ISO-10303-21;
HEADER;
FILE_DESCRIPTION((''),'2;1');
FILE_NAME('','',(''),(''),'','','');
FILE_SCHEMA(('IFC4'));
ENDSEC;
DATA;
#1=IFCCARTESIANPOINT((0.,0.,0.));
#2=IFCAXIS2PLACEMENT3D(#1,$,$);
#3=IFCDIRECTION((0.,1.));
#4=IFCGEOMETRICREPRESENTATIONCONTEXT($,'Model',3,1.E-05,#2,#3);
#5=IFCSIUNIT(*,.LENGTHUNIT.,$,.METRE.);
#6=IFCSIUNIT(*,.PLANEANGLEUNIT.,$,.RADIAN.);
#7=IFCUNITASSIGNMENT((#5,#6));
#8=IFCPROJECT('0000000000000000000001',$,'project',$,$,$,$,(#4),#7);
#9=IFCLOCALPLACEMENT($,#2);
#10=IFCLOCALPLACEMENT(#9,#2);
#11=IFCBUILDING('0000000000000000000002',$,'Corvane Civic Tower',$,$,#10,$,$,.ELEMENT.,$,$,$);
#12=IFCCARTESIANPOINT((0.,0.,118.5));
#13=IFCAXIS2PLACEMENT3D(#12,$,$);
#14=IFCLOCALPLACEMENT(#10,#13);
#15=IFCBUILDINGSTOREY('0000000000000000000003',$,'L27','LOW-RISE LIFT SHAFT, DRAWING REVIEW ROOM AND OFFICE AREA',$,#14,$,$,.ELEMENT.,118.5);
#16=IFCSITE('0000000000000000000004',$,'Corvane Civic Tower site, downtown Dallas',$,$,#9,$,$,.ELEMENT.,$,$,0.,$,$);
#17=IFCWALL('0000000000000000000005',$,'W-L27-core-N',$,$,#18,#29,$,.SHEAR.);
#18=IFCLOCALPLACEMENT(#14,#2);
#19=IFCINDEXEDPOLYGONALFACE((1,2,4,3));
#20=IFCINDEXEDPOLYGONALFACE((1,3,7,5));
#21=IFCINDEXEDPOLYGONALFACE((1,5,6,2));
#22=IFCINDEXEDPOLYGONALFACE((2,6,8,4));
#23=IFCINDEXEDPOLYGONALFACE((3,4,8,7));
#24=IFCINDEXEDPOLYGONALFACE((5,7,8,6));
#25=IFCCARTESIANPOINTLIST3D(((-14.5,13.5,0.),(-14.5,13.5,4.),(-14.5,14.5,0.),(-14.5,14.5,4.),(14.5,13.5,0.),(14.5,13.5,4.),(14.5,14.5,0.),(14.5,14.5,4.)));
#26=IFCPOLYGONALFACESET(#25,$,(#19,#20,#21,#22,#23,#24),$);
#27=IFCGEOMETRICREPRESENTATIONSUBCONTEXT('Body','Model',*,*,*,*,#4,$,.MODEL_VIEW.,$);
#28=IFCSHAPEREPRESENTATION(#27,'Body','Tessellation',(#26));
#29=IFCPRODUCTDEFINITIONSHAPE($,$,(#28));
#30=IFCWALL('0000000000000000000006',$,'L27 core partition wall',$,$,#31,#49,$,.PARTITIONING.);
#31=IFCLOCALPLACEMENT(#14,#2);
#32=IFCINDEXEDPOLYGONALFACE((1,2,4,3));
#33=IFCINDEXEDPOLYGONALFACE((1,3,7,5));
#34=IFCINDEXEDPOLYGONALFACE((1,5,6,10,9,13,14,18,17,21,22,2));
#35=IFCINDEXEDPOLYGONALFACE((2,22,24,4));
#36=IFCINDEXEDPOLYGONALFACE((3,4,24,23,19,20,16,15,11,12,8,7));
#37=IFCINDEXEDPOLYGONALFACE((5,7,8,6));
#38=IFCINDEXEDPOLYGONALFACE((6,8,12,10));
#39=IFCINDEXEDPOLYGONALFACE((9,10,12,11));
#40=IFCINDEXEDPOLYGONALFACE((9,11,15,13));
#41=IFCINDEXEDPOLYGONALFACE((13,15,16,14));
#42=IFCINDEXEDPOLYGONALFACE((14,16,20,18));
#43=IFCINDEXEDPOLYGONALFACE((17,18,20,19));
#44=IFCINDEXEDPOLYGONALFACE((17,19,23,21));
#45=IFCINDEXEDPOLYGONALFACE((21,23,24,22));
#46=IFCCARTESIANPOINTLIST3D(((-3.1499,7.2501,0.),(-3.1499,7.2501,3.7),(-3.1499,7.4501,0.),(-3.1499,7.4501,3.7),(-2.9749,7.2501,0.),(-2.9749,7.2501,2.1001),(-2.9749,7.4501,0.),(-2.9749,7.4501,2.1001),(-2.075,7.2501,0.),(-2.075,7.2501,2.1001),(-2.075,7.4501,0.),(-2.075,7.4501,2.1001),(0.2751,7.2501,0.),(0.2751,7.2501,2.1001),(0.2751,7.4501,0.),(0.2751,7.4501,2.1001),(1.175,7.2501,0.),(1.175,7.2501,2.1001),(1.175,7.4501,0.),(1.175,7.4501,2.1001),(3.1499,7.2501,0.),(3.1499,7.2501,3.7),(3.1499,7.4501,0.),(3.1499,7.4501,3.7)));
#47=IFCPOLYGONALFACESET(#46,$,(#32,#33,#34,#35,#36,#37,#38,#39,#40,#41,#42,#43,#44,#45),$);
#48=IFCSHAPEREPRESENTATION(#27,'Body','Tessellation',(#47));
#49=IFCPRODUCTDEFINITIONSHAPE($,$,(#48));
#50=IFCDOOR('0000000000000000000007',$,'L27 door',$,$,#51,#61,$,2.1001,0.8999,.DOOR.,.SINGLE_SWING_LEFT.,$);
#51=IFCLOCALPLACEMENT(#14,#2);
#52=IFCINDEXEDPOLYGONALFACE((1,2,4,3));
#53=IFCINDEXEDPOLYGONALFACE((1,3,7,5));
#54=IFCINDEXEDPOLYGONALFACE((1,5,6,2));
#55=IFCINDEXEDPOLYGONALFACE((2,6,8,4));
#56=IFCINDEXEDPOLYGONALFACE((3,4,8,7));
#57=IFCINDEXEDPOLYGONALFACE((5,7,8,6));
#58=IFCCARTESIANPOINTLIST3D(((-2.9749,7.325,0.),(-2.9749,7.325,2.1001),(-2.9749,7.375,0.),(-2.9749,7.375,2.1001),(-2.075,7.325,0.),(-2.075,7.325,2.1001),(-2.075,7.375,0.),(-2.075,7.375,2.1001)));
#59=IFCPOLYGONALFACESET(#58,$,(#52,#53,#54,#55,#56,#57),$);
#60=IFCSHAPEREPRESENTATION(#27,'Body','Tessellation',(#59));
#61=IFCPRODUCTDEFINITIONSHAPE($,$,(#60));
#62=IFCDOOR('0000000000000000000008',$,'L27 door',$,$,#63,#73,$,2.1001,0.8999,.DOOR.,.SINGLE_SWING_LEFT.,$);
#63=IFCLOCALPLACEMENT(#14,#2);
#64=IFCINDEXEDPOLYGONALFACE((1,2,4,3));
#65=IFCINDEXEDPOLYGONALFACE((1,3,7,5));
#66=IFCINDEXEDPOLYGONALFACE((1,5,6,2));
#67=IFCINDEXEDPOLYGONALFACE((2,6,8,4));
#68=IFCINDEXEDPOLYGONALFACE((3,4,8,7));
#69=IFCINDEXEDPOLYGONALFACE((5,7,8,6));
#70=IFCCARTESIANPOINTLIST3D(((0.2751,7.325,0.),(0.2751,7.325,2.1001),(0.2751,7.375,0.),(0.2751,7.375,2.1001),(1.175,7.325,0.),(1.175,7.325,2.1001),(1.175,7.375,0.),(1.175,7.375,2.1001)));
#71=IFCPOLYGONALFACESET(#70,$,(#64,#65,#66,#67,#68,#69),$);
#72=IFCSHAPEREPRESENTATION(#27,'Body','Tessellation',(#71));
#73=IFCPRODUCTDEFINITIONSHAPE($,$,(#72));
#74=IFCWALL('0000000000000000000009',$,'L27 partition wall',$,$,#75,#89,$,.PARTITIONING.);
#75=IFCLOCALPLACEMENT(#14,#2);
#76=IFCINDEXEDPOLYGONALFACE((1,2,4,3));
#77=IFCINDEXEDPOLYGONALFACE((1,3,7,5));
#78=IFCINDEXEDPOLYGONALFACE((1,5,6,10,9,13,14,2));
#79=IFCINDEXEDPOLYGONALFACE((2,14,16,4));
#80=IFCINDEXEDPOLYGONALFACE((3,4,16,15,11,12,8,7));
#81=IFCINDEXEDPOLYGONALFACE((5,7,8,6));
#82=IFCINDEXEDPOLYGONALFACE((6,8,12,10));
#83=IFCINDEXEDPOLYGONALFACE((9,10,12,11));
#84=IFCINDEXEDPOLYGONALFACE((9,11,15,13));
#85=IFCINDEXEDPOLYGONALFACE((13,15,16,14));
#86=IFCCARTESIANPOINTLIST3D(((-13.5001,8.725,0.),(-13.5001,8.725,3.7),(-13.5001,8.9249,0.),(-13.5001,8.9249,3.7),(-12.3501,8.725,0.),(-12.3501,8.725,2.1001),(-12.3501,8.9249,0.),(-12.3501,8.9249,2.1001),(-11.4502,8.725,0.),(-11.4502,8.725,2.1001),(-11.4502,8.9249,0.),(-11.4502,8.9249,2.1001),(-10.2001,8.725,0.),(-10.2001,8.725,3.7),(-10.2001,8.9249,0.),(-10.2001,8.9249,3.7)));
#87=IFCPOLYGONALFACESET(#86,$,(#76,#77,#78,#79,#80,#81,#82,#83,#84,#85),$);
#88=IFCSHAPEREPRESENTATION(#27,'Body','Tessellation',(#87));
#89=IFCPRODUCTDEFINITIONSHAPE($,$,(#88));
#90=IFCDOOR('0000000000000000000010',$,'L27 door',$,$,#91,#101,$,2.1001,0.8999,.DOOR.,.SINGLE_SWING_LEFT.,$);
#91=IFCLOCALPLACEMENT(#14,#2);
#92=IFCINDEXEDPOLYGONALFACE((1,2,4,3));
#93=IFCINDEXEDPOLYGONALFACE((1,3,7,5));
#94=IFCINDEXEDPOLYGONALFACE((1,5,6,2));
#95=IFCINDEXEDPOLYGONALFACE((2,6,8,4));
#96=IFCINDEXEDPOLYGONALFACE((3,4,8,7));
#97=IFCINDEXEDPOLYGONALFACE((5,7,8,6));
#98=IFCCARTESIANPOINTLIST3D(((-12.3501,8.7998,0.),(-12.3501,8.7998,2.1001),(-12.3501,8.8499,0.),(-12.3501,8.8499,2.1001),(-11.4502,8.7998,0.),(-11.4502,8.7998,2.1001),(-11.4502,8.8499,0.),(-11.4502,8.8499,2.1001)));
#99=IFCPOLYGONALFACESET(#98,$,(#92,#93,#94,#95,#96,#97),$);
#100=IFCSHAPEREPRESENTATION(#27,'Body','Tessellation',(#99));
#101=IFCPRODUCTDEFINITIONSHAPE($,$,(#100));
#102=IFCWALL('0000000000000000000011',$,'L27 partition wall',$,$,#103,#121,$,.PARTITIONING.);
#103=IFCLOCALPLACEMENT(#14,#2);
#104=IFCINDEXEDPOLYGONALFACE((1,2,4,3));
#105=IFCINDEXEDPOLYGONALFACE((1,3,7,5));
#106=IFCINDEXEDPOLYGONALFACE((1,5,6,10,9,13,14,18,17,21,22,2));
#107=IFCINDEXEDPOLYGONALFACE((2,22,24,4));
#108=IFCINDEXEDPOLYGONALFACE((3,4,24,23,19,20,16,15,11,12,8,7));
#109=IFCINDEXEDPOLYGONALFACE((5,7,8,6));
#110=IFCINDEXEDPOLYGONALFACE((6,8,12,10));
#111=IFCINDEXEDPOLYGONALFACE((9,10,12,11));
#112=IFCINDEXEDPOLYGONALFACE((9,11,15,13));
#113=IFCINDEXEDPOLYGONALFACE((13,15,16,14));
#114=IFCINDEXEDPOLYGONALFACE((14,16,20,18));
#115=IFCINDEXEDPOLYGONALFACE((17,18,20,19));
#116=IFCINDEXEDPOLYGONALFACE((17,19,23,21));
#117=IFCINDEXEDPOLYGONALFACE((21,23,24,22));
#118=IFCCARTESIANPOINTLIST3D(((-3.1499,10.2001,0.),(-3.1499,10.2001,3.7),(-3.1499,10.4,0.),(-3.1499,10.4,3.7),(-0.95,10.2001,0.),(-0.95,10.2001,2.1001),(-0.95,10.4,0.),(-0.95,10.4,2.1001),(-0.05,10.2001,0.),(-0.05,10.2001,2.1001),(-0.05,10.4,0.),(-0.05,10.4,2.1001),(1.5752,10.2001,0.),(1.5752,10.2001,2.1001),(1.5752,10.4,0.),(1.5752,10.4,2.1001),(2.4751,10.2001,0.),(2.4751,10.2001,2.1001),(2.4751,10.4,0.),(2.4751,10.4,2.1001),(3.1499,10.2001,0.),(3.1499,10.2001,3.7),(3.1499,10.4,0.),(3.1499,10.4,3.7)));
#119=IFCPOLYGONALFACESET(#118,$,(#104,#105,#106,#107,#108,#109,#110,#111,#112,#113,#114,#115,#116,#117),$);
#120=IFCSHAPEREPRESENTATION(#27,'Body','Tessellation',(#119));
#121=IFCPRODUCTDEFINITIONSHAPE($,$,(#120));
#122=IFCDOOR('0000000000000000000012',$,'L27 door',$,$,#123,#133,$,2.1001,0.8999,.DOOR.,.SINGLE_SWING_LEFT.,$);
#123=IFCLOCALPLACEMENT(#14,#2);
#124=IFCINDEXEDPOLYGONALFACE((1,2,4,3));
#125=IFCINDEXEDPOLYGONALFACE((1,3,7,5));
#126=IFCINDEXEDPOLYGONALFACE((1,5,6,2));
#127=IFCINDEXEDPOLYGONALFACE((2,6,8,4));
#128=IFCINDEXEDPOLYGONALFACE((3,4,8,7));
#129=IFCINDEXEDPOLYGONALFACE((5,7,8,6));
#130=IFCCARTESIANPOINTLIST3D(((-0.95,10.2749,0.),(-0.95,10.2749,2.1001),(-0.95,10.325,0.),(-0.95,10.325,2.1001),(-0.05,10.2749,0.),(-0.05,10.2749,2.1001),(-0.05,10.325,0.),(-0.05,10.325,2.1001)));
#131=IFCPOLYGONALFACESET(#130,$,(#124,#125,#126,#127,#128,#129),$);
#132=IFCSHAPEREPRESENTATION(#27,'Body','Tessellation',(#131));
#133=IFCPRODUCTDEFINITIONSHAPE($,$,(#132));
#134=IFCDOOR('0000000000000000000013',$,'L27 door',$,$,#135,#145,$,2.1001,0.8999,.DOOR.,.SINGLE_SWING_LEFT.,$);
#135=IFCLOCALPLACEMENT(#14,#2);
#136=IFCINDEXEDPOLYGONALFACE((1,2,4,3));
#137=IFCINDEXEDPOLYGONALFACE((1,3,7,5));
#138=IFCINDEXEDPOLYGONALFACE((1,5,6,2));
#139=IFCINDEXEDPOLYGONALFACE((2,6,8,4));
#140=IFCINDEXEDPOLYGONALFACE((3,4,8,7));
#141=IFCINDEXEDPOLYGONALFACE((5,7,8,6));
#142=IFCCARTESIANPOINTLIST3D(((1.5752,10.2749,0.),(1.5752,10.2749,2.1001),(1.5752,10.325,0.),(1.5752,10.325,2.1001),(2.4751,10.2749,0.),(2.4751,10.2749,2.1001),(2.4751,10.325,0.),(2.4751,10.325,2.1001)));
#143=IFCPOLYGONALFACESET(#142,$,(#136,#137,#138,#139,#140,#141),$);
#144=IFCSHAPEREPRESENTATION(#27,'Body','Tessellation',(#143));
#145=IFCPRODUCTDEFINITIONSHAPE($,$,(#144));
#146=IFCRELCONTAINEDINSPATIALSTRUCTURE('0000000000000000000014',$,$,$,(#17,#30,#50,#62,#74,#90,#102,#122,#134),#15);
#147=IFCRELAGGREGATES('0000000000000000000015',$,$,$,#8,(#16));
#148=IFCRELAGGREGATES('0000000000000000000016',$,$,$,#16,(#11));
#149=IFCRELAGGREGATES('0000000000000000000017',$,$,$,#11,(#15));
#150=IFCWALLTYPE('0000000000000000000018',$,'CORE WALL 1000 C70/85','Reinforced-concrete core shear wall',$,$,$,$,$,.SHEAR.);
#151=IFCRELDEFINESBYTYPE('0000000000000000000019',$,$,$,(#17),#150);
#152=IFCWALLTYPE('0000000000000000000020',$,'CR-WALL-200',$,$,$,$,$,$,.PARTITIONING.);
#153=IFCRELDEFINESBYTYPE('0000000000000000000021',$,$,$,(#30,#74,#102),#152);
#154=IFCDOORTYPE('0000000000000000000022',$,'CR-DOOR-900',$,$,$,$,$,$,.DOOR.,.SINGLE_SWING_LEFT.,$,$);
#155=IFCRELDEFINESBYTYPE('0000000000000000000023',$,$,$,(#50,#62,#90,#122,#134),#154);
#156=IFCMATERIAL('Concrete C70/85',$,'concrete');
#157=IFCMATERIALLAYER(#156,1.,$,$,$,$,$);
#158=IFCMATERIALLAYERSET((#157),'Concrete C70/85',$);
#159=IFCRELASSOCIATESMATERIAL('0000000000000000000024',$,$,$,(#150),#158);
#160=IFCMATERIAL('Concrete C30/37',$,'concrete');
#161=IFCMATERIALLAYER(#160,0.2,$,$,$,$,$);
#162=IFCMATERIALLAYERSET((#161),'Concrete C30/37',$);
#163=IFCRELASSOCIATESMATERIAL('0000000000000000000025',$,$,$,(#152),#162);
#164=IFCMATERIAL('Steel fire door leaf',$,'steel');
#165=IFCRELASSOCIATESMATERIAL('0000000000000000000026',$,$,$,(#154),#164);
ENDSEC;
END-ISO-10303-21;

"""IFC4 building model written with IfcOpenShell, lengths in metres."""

from ifc_helpers import new_model, si_unit, direction, frame, frame_2d, origin, place, context, subcontext, project, spatial, rectangle, extrude, material, layer, layer_set, type_object, element, fill, save


model = new_model("IFC4")

# Units and contexts
model_context = context("Model", 3, precision=1e-05, world=origin(), true_north=direction((0.0, 1.0)))
body_context = subcontext(model_context, "Body", "Model", "MODEL_VIEW")
ifc_project = project(units=[si_unit("LENGTHUNIT", "METRE"), si_unit("PLANEANGLEUNIT", "RADIAN")], contexts=[model_context])

# Site, building, storey
site_placement = place(None, origin())
site = spatial("IfcSite", under=ifc_project, at=site_placement, Name="Corvane Civic Tower site, downtown Dallas", CompositionType="ELEMENT", RefElevation=0.0)
building_placement = place(site_placement, origin())
building = spatial("IfcBuilding", under=site, at=building_placement, Name="Corvane Civic Tower", CompositionType="ELEMENT")
storey_placement = place(building_placement, frame((0.0, 0.0, 118.5)))
storey = spatial("IfcBuildingStorey", under=building, at=storey_placement, Name="L27", Description="LOW-RISE LIFT SHAFT, DRAWING REVIEW ROOM AND OFFICE AREA", CompositionType="ELEMENT", Elevation=118.5)

# Wall
ifc_material_1 = material(Name="Concrete C70/85", Category="concrete")
ifc_layer_1 = layer(ifc_material_1, 1.0)
ifc_layer_set_1 = layer_set([ifc_layer_1], Name="Concrete C70/85")
wall_type_1 = type_object("IfcWallType", Name="CORE WALL 1000 C70/85", Description="Reinforced-concrete core shear wall", PredefinedType="SHEAR", material=ifc_layer_set_1)
wall_1_placement = place(storey_placement, frame((-14.5, 14.0, 0.0), z_axis=(0.0, 0.0, 1.0), x_axis=(1.0, 0.0, 0.0)))
element("IfcWall", 1, at=wall_1_placement, inside=storey, type_object=wall_type_1, Name="W-L27-core-N", PredefinedType="SHEAR", context=body_context, shape_type="SweptSolid", body=[
    extrude(rectangle(XDim=29.0, YDim=1.0, at=frame_2d((14.5, 0.0))), origin(), (0.0, 0.0, 1.0), 4.0),
])

# Wall, openings, doors
ifc_material_2 = material(Name="Concrete C30/37", Category="concrete")
ifc_layer_2 = layer(ifc_material_2, 0.2)
ifc_layer_set_2 = layer_set([ifc_layer_2], Name="Concrete C30/37")
wall_type_2 = type_object("IfcWallType", Name="CR-WALL-200", PredefinedType="PARTITIONING", material=ifc_layer_set_2)
wall_2_placement = place(storey_placement, frame((-3.1499, 7.3501, 0.0), z_axis=(0.0, 0.0, 1.0), x_axis=(1.0, 0.0, 0.0)))
wall_2 = element("IfcWall", 2, at=wall_2_placement, inside=storey, type_object=wall_type_2, Name="L27 core partition wall", PredefinedType="PARTITIONING", context=body_context, shape_type="SweptSolid", body=[
    extrude(rectangle(XDim=6.2998, YDim=0.2, at=frame_2d((3.1499, 0.0))), origin(), (0.0, 0.0, 1.0), 3.7),
])
opening_1_placement = place(wall_2_placement, frame((0.175, 0.0, 0.0)))
opening_1 = element("IfcOpeningElement", 3, at=opening_1_placement, cuts=wall_2, PredefinedType="OPENING", context=body_context, shape_type="SweptSolid", body=[
    extrude(rectangle(XDim=0.8999, YDim=2.1001, at=frame_2d((0.45, 1.05))), frame((0.0, 0.1099, 0.0), z_axis=(0.0, -1.0, 0.0), x_axis=(1.0, 0.0, 0.0)), (0.0, 0.0, 1.0), 0.22),
])
opening_2_placement = place(wall_2_placement, frame((3.425, 0.0, 0.0)))
opening_2 = element("IfcOpeningElement", 4, at=opening_2_placement, cuts=wall_2, PredefinedType="OPENING", context=body_context, shape_type="SweptSolid", body=[
    extrude(rectangle(XDim=0.8999, YDim=2.1001, at=frame_2d((0.45, 1.05))), frame((0.0, 0.1099, 0.0), z_axis=(0.0, -1.0, 0.0), x_axis=(1.0, 0.0, 0.0)), (0.0, 0.0, 1.0), 0.22),
])
ifc_material_3 = material(Name="Steel fire door leaf", Category="steel")
door_type_1 = type_object("IfcDoorType", Name="CR-DOOR-900", OperationType="SINGLE_SWING_LEFT", PredefinedType="DOOR", material=ifc_material_3)
door_1_placement = place(opening_1_placement, origin())
door_1 = element("IfcDoor", 5, at=door_1_placement, inside=storey, type_object=door_type_1, Name="L27 door", OperationType="SINGLE_SWING_LEFT", OverallHeight=2.1001, OverallWidth=0.8999, PredefinedType="DOOR", context=body_context, shape_type="SweptSolid", body=[
    extrude(rectangle(XDim=0.8999, YDim=2.1001, at=frame_2d((0.45, 1.05))), frame((0.0, 0.0249, 0.0), z_axis=(0.0, -1.0, 0.0), x_axis=(1.0, 0.0, 0.0)), (0.0, 0.0, 1.0), 0.05),
])
fill(opening_1, door_1)
door_2_placement = place(opening_2_placement, origin())
door_2 = element("IfcDoor", 6, at=door_2_placement, inside=storey, type_object=door_type_1, Name="L27 door", OperationType="SINGLE_SWING_LEFT", OverallHeight=2.1001, OverallWidth=0.8999, PredefinedType="DOOR", context=body_context, shape_type="SweptSolid", body=[
    extrude(rectangle(XDim=0.8999, YDim=2.1001, at=frame_2d((0.45, 1.05))), frame((0.0, 0.0249, 0.0), z_axis=(0.0, -1.0, 0.0), x_axis=(1.0, 0.0, 0.0)), (0.0, 0.0, 1.0), 0.05),
])
fill(opening_2, door_2)

# Wall, opening, door
wall_3_placement = place(storey_placement, frame((-13.5, 8.825, 0.0), z_axis=(0.0, 0.0, 1.0), x_axis=(1.0, 0.0, 0.0)))
wall_3 = element("IfcWall", 7, at=wall_3_placement, inside=storey, type_object=wall_type_2, Name="L27 partition wall", PredefinedType="PARTITIONING", context=body_context, shape_type="SweptSolid", body=[
    extrude(rectangle(XDim=3.3, YDim=0.2, at=frame_2d((1.6499, 0.0))), origin(), (0.0, 0.0, 1.0), 3.7),
])
opening_3_placement = place(wall_3_placement, frame((1.1499, 0.0, 0.0)))
opening_3 = element("IfcOpeningElement", 8, at=opening_3_placement, cuts=wall_3, PredefinedType="OPENING", context=body_context, shape_type="SweptSolid", body=[
    extrude(rectangle(XDim=0.8999, YDim=2.1001, at=frame_2d((0.45, 1.05))), frame((0.0, 0.1099, 0.0), z_axis=(0.0, -1.0, 0.0), x_axis=(1.0, 0.0, 0.0)), (0.0, 0.0, 1.0), 0.22),
])
door_3_placement = place(opening_3_placement, origin())
door_3 = element("IfcDoor", 9, at=door_3_placement, inside=storey, type_object=door_type_1, Name="L27 door", OperationType="SINGLE_SWING_LEFT", OverallHeight=2.1001, OverallWidth=0.8999, PredefinedType="DOOR", context=body_context, shape_type="SweptSolid", body=[
    extrude(rectangle(XDim=0.8999, YDim=2.1001, at=frame_2d((0.45, 1.05))), frame((0.0, 0.0249, 0.0), z_axis=(0.0, -1.0, 0.0), x_axis=(1.0, 0.0, 0.0)), (0.0, 0.0, 1.0), 0.05),
])
fill(opening_3, door_3)

# Wall, openings, doors
wall_4_placement = place(storey_placement, frame((-3.1499, 10.3, 0.0), z_axis=(0.0, 0.0, 1.0), x_axis=(1.0, 0.0, 0.0)))
wall_4 = element("IfcWall", 10, at=wall_4_placement, inside=storey, type_object=wall_type_2, Name="L27 partition wall", PredefinedType="PARTITIONING", context=body_context, shape_type="SweptSolid", body=[
    extrude(rectangle(XDim=6.2998, YDim=0.2, at=frame_2d((3.1499, 0.0))), origin(), (0.0, 0.0, 1.0), 3.7),
])
opening_4_placement = place(wall_4_placement, frame((2.2, 0.0, 0.0)))
opening_4 = element("IfcOpeningElement", 11, at=opening_4_placement, cuts=wall_4, PredefinedType="OPENING", context=body_context, shape_type="SweptSolid", body=[
    extrude(rectangle(XDim=0.8999, YDim=2.1001, at=frame_2d((0.45, 1.05))), frame((0.0, 0.1099, 0.0), z_axis=(0.0, -1.0, 0.0), x_axis=(1.0, 0.0, 0.0)), (0.0, 0.0, 1.0), 0.22),
])
opening_5_placement = place(wall_4_placement, frame((4.7251, 0.0, 0.0)))
opening_5 = element("IfcOpeningElement", 12, at=opening_5_placement, cuts=wall_4, PredefinedType="OPENING", context=body_context, shape_type="SweptSolid", body=[
    extrude(rectangle(XDim=0.8999, YDim=2.1001, at=frame_2d((0.45, 1.05))), frame((0.0, 0.1099, 0.0), z_axis=(0.0, -1.0, 0.0), x_axis=(1.0, 0.0, 0.0)), (0.0, 0.0, 1.0), 0.22),
])
door_4_placement = place(opening_4_placement, origin())
door_4 = element("IfcDoor", 13, at=door_4_placement, inside=storey, type_object=door_type_1, Name="L27 door", OperationType="SINGLE_SWING_LEFT", OverallHeight=2.1001, OverallWidth=0.8999, PredefinedType="DOOR", context=body_context, shape_type="SweptSolid", body=[
    extrude(rectangle(XDim=0.8999, YDim=2.1001, at=frame_2d((0.45, 1.05))), frame((0.0, 0.0249, 0.0), z_axis=(0.0, -1.0, 0.0), x_axis=(1.0, 0.0, 0.0)), (0.0, 0.0, 1.0), 0.05),
])
fill(opening_4, door_4)
door_5_placement = place(opening_5_placement, origin())
door_5 = element("IfcDoor", 14, at=door_5_placement, inside=storey, type_object=door_type_1, Name="L27 door", OperationType="SINGLE_SWING_LEFT", OverallHeight=2.1001, OverallWidth=0.8999, PredefinedType="DOOR", context=body_context, shape_type="SweptSolid", body=[
    extrude(rectangle(XDim=0.8999, YDim=2.1001, at=frame_2d((0.45, 1.05))), frame((0.0, 0.0249, 0.0), z_axis=(0.0, -1.0, 0.0), x_axis=(1.0, 0.0, 0.0)), (0.0, 0.0, 1.0), 0.05),
])
fill(opening_5, door_5)

save(model, "model.ifc")
